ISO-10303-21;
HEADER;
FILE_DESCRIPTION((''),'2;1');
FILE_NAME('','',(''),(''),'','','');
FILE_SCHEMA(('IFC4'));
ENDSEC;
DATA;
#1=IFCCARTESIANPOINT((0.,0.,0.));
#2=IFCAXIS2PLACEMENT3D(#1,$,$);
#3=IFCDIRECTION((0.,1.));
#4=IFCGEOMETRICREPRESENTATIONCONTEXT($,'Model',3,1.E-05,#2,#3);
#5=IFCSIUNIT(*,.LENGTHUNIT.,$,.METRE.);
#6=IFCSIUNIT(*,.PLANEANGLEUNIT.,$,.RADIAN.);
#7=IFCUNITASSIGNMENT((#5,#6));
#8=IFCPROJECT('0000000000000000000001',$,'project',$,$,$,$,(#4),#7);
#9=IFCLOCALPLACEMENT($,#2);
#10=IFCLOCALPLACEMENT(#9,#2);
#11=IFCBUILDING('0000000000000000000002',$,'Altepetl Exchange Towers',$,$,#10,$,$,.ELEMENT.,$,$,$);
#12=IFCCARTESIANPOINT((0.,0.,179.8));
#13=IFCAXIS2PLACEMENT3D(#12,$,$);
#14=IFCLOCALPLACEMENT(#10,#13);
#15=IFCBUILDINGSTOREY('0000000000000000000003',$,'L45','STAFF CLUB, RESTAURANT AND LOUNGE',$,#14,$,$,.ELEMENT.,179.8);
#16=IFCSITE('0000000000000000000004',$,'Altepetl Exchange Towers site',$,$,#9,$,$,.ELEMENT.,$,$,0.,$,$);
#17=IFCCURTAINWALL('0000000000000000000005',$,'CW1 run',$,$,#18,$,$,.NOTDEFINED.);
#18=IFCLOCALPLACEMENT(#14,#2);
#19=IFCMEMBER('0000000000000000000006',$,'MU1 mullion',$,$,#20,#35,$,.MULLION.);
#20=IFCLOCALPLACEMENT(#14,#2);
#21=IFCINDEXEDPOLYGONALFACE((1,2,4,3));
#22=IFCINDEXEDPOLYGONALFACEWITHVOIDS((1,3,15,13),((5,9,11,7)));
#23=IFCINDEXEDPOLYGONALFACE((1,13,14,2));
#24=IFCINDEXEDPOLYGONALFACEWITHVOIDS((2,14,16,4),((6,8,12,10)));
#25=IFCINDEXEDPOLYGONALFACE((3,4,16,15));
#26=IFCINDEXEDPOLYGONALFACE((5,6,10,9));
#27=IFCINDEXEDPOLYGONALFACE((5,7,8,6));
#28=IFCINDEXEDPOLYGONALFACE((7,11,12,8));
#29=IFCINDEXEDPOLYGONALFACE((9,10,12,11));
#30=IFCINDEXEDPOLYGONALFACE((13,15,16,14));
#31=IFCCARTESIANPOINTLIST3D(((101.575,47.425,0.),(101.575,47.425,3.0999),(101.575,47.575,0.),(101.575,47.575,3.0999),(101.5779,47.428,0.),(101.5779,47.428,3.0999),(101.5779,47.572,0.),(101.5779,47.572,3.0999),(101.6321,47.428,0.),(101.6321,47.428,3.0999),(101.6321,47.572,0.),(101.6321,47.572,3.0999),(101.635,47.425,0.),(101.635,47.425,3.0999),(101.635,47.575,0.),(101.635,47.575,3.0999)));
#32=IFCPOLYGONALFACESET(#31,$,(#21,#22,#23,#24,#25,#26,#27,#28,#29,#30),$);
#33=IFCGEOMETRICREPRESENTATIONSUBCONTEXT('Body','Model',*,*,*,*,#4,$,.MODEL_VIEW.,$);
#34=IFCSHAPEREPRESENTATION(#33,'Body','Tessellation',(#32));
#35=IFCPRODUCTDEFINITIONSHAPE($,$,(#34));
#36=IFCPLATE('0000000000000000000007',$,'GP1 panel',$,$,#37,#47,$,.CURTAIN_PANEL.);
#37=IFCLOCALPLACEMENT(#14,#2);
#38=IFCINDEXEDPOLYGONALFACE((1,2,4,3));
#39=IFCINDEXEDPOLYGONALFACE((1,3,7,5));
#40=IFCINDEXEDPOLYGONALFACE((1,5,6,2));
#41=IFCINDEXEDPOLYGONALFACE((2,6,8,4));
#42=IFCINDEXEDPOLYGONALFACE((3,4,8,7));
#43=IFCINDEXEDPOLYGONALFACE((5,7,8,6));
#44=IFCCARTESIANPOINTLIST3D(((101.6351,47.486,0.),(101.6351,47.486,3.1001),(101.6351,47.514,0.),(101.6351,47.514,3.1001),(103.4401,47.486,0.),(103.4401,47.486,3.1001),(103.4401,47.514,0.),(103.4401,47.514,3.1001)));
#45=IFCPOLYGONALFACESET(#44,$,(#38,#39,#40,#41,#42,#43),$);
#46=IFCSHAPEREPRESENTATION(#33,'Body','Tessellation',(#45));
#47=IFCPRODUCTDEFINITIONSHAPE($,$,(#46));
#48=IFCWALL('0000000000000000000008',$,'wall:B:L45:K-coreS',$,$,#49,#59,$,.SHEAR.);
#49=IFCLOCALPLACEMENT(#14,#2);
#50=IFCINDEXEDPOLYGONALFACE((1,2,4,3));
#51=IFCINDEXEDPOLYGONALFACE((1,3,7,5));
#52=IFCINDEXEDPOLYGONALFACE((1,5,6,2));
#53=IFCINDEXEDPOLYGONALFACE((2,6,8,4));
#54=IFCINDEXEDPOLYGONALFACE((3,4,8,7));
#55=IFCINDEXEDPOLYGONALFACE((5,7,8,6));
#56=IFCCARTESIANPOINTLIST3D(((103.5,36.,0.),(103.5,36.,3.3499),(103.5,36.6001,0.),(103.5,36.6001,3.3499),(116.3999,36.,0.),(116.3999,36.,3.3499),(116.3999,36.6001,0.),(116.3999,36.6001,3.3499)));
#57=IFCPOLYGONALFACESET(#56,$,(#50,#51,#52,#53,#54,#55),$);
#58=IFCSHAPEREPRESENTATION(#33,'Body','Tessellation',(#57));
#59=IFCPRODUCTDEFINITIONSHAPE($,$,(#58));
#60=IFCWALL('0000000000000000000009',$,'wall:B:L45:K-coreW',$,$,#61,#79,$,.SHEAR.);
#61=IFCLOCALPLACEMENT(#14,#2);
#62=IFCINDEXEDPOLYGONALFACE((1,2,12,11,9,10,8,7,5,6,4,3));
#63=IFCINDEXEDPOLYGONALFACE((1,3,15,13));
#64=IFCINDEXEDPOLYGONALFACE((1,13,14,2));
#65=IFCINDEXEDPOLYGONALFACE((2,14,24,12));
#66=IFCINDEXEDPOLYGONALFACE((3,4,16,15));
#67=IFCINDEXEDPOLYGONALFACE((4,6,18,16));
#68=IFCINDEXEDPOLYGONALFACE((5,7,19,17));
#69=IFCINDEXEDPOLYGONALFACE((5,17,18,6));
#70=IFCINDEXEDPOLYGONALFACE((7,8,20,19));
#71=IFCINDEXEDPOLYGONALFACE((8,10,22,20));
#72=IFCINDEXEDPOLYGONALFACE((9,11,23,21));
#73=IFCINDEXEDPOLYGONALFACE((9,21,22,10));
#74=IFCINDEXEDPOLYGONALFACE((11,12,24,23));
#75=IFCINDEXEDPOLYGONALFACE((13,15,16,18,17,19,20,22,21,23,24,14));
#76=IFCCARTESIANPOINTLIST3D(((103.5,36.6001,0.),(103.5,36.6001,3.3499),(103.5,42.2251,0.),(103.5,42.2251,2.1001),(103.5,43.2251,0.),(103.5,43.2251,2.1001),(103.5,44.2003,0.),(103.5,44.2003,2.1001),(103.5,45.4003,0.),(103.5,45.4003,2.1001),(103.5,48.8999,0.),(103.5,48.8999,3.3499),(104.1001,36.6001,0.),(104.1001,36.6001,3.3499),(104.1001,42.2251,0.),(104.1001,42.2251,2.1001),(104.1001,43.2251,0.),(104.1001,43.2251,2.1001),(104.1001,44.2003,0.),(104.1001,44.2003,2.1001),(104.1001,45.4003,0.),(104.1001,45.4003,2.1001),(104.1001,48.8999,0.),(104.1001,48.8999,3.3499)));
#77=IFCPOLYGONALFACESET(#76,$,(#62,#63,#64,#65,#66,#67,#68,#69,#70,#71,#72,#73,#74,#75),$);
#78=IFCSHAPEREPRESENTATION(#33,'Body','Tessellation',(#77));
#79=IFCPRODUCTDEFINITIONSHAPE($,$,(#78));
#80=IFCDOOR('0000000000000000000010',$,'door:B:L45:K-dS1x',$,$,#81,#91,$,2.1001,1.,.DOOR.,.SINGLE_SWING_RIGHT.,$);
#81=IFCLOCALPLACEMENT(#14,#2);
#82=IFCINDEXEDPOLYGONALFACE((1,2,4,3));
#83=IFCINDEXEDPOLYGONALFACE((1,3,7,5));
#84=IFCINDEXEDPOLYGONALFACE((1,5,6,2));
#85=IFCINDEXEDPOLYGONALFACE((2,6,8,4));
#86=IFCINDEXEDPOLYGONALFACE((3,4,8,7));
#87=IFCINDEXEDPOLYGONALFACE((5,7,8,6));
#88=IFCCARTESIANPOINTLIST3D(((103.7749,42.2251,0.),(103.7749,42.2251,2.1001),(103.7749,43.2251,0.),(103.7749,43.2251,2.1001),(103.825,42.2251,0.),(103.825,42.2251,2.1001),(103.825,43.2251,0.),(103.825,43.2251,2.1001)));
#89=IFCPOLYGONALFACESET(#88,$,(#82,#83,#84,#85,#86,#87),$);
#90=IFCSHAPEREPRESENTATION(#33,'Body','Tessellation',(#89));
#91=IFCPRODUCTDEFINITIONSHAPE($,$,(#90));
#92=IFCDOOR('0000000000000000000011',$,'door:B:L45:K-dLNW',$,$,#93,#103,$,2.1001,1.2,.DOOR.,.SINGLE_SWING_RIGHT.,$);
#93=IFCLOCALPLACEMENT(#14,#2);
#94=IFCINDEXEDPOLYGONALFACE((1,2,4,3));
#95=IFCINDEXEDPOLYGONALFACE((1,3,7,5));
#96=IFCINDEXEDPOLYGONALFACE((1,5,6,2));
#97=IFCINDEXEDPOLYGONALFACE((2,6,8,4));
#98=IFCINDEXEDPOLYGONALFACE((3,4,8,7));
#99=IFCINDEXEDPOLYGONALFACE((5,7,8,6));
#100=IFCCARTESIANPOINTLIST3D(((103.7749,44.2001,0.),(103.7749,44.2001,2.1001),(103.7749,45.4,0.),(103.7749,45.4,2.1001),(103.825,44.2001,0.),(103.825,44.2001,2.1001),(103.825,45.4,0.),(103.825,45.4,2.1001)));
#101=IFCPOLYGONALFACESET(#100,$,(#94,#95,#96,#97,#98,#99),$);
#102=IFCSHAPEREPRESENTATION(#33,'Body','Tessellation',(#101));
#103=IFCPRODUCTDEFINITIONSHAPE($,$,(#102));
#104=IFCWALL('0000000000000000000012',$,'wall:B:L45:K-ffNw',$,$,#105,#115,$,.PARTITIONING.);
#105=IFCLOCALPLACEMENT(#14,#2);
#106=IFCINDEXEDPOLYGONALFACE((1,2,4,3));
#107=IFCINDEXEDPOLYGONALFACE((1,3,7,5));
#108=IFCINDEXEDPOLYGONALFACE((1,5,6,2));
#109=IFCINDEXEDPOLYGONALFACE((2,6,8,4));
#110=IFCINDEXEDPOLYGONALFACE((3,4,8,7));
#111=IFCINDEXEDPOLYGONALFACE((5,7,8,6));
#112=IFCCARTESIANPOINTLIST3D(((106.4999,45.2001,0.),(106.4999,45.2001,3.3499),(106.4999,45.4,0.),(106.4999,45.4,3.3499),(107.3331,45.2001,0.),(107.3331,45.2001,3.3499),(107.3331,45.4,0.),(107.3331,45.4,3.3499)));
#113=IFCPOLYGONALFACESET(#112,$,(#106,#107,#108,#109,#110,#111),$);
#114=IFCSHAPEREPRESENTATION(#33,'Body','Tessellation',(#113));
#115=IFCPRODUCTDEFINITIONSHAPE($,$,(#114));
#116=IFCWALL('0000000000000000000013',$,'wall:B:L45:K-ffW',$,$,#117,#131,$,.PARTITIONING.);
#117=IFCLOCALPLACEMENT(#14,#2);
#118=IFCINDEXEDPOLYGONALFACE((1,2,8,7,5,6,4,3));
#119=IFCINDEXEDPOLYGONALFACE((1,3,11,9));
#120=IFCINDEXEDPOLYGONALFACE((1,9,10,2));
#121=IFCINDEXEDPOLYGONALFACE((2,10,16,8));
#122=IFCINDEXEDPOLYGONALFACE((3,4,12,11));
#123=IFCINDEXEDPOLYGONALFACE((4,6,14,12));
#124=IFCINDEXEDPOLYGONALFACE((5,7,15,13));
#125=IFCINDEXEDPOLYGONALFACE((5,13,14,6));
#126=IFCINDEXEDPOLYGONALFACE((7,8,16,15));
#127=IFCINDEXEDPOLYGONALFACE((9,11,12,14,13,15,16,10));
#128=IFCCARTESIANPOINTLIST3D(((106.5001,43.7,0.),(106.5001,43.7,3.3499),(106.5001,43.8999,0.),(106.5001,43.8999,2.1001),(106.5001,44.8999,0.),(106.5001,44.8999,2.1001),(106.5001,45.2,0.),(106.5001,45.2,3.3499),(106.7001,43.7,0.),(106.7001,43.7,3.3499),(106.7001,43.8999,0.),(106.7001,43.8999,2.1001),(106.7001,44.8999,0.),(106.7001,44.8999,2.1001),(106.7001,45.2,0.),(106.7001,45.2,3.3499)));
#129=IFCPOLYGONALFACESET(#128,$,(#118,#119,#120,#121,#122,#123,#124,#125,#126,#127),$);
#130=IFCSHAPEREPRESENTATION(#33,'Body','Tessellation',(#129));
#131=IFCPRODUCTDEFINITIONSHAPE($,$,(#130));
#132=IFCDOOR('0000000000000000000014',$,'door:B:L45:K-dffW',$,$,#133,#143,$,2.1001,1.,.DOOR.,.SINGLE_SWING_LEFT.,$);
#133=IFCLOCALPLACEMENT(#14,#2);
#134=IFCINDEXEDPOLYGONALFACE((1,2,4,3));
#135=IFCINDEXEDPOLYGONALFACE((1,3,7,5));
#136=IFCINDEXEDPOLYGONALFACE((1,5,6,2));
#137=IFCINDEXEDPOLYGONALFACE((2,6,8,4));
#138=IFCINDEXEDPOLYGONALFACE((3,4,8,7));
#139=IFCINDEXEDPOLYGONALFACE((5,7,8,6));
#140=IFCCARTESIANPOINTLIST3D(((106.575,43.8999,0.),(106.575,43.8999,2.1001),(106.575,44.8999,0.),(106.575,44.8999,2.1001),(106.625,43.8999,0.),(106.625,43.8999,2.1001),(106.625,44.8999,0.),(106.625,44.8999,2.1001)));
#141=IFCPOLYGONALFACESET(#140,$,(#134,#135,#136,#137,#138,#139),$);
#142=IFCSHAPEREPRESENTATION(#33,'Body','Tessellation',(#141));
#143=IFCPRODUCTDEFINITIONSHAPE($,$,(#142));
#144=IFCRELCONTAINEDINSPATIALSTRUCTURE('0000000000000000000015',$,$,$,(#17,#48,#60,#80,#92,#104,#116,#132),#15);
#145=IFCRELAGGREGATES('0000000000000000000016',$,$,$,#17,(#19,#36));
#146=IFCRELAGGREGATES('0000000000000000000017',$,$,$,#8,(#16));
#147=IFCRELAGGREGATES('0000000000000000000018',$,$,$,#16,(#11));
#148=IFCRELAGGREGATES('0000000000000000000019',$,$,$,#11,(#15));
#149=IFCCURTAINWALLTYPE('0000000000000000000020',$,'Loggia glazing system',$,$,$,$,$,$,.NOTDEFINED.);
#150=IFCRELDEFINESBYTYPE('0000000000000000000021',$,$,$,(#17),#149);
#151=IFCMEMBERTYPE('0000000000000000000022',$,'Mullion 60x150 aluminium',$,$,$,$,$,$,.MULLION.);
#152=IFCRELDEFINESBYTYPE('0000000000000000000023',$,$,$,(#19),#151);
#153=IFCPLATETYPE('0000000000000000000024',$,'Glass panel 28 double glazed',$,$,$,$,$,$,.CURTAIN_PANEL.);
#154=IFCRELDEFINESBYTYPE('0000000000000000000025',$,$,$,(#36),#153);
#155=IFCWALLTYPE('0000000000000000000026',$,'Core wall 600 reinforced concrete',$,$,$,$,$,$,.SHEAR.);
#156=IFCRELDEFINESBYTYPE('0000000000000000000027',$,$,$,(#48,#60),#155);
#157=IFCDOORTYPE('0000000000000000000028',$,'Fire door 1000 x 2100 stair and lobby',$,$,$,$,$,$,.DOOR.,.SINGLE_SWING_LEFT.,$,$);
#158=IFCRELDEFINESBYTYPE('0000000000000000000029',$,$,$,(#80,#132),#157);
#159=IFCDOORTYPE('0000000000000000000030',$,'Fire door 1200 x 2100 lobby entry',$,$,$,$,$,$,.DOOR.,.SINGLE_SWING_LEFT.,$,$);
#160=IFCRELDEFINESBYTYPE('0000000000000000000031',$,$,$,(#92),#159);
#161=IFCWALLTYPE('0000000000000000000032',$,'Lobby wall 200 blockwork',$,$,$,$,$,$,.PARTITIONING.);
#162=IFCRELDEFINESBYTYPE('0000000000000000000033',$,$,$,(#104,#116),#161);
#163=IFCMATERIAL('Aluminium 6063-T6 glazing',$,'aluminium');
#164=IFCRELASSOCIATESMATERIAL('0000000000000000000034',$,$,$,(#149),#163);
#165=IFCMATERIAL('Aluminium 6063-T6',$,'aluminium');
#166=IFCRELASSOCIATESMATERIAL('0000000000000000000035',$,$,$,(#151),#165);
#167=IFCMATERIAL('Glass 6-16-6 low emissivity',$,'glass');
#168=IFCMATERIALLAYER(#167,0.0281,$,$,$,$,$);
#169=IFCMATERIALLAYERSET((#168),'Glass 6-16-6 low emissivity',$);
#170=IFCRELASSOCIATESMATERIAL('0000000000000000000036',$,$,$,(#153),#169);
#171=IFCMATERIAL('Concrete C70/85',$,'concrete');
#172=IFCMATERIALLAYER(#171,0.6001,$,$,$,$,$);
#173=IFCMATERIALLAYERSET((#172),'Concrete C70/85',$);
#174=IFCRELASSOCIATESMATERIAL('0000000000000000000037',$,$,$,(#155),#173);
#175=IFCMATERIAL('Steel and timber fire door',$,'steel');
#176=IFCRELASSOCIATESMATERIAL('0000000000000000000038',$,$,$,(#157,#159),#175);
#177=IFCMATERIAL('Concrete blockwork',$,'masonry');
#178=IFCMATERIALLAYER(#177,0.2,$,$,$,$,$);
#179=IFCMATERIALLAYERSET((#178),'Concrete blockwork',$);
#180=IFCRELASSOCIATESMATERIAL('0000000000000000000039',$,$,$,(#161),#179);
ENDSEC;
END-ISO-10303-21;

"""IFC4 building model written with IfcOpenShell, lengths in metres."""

from ifc_helpers import new_model, si_unit, direction, frame, frame_2d, origin, origin_2d, place, context, subcontext, project, spatial, rectangle, hollow_rectangle, extrude, material, layer, layer_set, material_profile, profile_set, type_object, element, fill, aggregate, save


model = new_model("IFC4")

# Units and contexts
model_context = context("Model", 3, precision=1e-05, world=origin(), true_north=direction((0.0, 1.0)))
body_context = subcontext(model_context, "Body", "Model", "MODEL_VIEW")
ifc_project = project(units=[si_unit("LENGTHUNIT", "METRE"), si_unit("PLANEANGLEUNIT", "RADIAN")], contexts=[model_context])

# Site, building, storey
site_placement = place(None, origin())
site = spatial("IfcSite", under=ifc_project, at=site_placement, Name="Altepetl Exchange Towers site", CompositionType="ELEMENT", RefElevation=0.0)
building_placement = place(site_placement, origin())
building = spatial("IfcBuilding", under=site, at=building_placement, Name="Altepetl Exchange Towers", CompositionType="ELEMENT")
storey_placement = place(building_placement, frame((0.0, 0.0, 179.8)))
storey = spatial("IfcBuildingStorey", under=building, at=storey_placement, Name="L45", Description="STAFF CLUB, RESTAURANT AND LOUNGE", CompositionType="ELEMENT", Elevation=179.8)

# Curtain wall, member, plate
ifc_material_1 = material(Name="Aluminium 6063-T6 glazing", Category="aluminium")
curtain_wall_type = type_object("IfcCurtainWallType", Name="Loggia glazing system", PredefinedType="NOTDEFINED", material=ifc_material_1)
curtain_wall_placement = place(storey_placement, origin())
curtain_wall = element("IfcCurtainWall", 1, at=curtain_wall_placement, inside=storey, type_object=curtain_wall_type, Name="CW1 run", PredefinedType="NOTDEFINED")
ifc_material_2 = material(Name="Aluminium 6063-T6", Category="aluminium")
ifc_material_profile = material_profile(ifc_material_2, hollow_rectangle(XDim=0.0601, YDim=0.1499, WallThickness=0.0029, at=origin_2d()), Name="Mullion 60x150 aluminium")
ifc_profile_set = profile_set([ifc_material_profile], Name="Aluminium 6063-T6")
member_type = type_object("IfcMemberType", Name="Mullion 60x150 aluminium", PredefinedType="MULLION", material=ifc_profile_set)
member_placement = place(storey_placement, frame((101.605, 47.5, 0.0), z_axis=(0.0, 0.0, 1.0), x_axis=(-1.0, 0.0, 0.0)))
member = element("IfcMember", 2, at=member_placement, type_object=member_type, Name="MU1 mullion", PredefinedType="MULLION", context=body_context, shape_type="SweptSolid", body=[
    extrude(hollow_rectangle(XDim=0.0601, YDim=0.1499, WallThickness=0.0029, at=origin_2d()), origin(), (0.0, 0.0, 1.0), 3.0999),
])
ifc_material_3 = material(Name="Glass 6-16-6 low emissivity", Category="glass")
ifc_layer_1 = layer(ifc_material_3, 0.0281)
ifc_layer_set_1 = layer_set([ifc_layer_1], Name="Glass 6-16-6 low emissivity")
plate_type = type_object("IfcPlateType", Name="Glass panel 28 double glazed", PredefinedType="CURTAIN_PANEL", material=ifc_layer_set_1)
plate_placement = place(storey_placement, frame((102.5376, 47.5, 0.0), z_axis=(0.0, 0.0, 1.0), x_axis=(-1.0, 0.0, 0.0)))
plate = element("IfcPlate", 3, at=plate_placement, type_object=plate_type, Name="GP1 panel", PredefinedType="CURTAIN_PANEL", context=body_context, shape_type="SweptSolid", body=[
    extrude(rectangle(XDim=1.8049, YDim=0.0281, at=origin_2d()), origin(), (0.0, 0.0, 1.0), 3.1001),
])
aggregate(curtain_wall, [member, plate])

# Wall
ifc_material_4 = material(Name="Concrete C70/85", Category="concrete")
ifc_layer_2 = layer(ifc_material_4, 0.6001)
ifc_layer_set_2 = layer_set([ifc_layer_2], Name="Concrete C70/85")
wall_type_1 = type_object("IfcWallType", Name="Core wall 600 reinforced concrete", PredefinedType="SHEAR", material=ifc_layer_set_2)
wall_1_placement = place(storey_placement, frame((103.5, 36.3, 0.0)))
element("IfcWall", 4, at=wall_1_placement, inside=storey, type_object=wall_type_1, Name="wall:B:L45:K-coreS", PredefinedType="SHEAR", context=body_context, shape_type="SweptSolid", body=[
    extrude(rectangle(XDim=12.8999, YDim=0.6001, at=frame_2d((6.45, 0.0))), origin(), (0.0, 0.0, 1.0), 3.3499),
])

# Wall, openings, doors
wall_2_placement = place(storey_placement, frame((103.8, 36.6001, 0.0), z_axis=(0.0, 0.0, 1.0), x_axis=(0.0, 1.0, 0.0)))
wall_2 = element("IfcWall", 5, at=wall_2_placement, inside=storey, type_object=wall_type_1, Name="wall:B:L45:K-coreW", PredefinedType="SHEAR", context=body_context, shape_type="SweptSolid", body=[
    extrude(rectangle(XDim=12.2998, YDim=0.6001, at=frame_2d((6.1499, 0.0))), origin(), (0.0, 0.0, 1.0), 3.3499),
])
opening_1_placement = place(wall_2_placement, frame((7.6001, 0.0, 0.0)))
opening_1 = element("IfcOpeningElement", 6, at=opening_1_placement, cuts=wall_2, PredefinedType="OPENING", context=body_context, shape_type="SweptSolid", body=[
    extrude(rectangle(XDim=1.2, YDim=2.1001, at=frame_2d((0.6001, 1.05))), frame((0.0, 0.3101, 0.0), z_axis=(0.0, -1.0, 0.0), x_axis=(1.0, 0.0, 0.0)), (0.0, 0.0, 1.0), 0.6201),
])
opening_2_placement = place(wall_2_placement, frame((5.625, 0.0, 0.0)))
opening_2 = element("IfcOpeningElement", 7, at=opening_2_placement, cuts=wall_2, PredefinedType="OPENING", context=body_context, shape_type="SweptSolid", body=[
    extrude(rectangle(XDim=1.0, YDim=2.1001, at=frame_2d((0.5, 1.05))), frame((0.0, 0.3101, 0.0), z_axis=(0.0, -1.0, 0.0), x_axis=(1.0, 0.0, 0.0)), (0.0, 0.0, 1.0), 0.6201),
])
ifc_material_5 = material(Name="Steel and timber fire door", Category="steel")
door_type_1 = type_object("IfcDoorType", Name="Fire door 1000 x 2100 stair and lobby", OperationType="SINGLE_SWING_LEFT", PredefinedType="DOOR", material=ifc_material_5)
door_1_placement = place(opening_2_placement, frame((1.0, 0.0, 0.0), x_axis=(-1.0, 0.0, 0.0)))
door_1 = element("IfcDoor", 8, at=door_1_placement, inside=storey, type_object=door_type_1, Name="door:B:L45:K-dS1x", OperationType="SINGLE_SWING_RIGHT", OverallHeight=2.1001, OverallWidth=1.0, PredefinedType="DOOR", context=body_context, shape_type="SweptSolid", body=[
    extrude(rectangle(XDim=1.0, YDim=2.1001, at=frame_2d((0.5, 1.05))), frame((0.0, 0.0249, 0.0), z_axis=(0.0, -1.0, 0.0), x_axis=(1.0, 0.0, 0.0)), (0.0, 0.0, 1.0), 0.05),
])
fill(opening_2, door_1)
door_type_2 = type_object("IfcDoorType", Name="Fire door 1200 x 2100 lobby entry", OperationType="SINGLE_SWING_LEFT", PredefinedType="DOOR", material=ifc_material_5)
door_2_placement = place(opening_1_placement, frame((1.2, 0.0, 0.0), x_axis=(-1.0, 0.0, 0.0)))
door_2 = element("IfcDoor", 9, at=door_2_placement, inside=storey, type_object=door_type_2, Name="door:B:L45:K-dLNW", OperationType="SINGLE_SWING_RIGHT", OverallHeight=2.1001, OverallWidth=1.2, PredefinedType="DOOR", context=body_context, shape_type="SweptSolid", body=[
    extrude(rectangle(XDim=1.2, YDim=2.1001, at=frame_2d((0.6001, 1.05))), frame((0.0, 0.0249, 0.0), z_axis=(0.0, -1.0, 0.0), x_axis=(1.0, 0.0, 0.0)), (0.0, 0.0, 1.0), 0.05),
])
fill(opening_1, door_2)

# Wall
ifc_material_6 = material(Name="Concrete blockwork", Category="masonry")
ifc_layer_3 = layer(ifc_material_6, 0.2)
ifc_layer_set_3 = layer_set([ifc_layer_3], Name="Concrete blockwork")
wall_type_2 = type_object("IfcWallType", Name="Lobby wall 200 blockwork", PredefinedType="PARTITIONING", material=ifc_layer_set_3)
wall_3_placement = place(storey_placement, frame((106.5, 45.3, 0.0)))
element("IfcWall", 10, at=wall_3_placement, inside=storey, type_object=wall_type_2, Name="wall:B:L45:K-ffNw", PredefinedType="PARTITIONING", context=body_context, shape_type="SweptSolid", body=[
    extrude(rectangle(XDim=0.8333, YDim=0.2, at=frame_2d((0.4165, 0.0))), origin(), (0.0, 0.0, 1.0), 3.3499),
])

# Wall, opening, door
wall_4_placement = place(storey_placement, frame((106.6001, 43.7, 0.0), z_axis=(0.0, 0.0, 1.0), x_axis=(0.0, 1.0, 0.0)))
wall_4 = element("IfcWall", 11, at=wall_4_placement, inside=storey, type_object=wall_type_2, Name="wall:B:L45:K-ffW", PredefinedType="PARTITIONING", context=body_context, shape_type="SweptSolid", body=[
    extrude(rectangle(XDim=1.5, YDim=0.2, at=frame_2d((0.75, 0.0))), origin(), (0.0, 0.0, 1.0), 3.3499),
])
opening_3_placement = place(wall_4_placement, frame((0.2, 0.0, 0.0)))
opening_3 = element("IfcOpeningElement", 12, at=opening_3_placement, cuts=wall_4, PredefinedType="OPENING", context=body_context, shape_type="SweptSolid", body=[
    extrude(rectangle(XDim=1.0, YDim=2.1001, at=frame_2d((0.5, 1.05))), frame((0.0, 0.1099, 0.0), z_axis=(0.0, -1.0, 0.0), x_axis=(1.0, 0.0, 0.0)), (0.0, 0.0, 1.0), 0.22),
])
door_3_placement = place(opening_3_placement, frame((1.0, 0.0, 0.0), x_axis=(-1.0, 0.0, 0.0)))
door_3 = element("IfcDoor", 13, at=door_3_placement, inside=storey, type_object=door_type_1, Name="door:B:L45:K-dffW", OperationType="SINGLE_SWING_LEFT", OverallHeight=2.1001, OverallWidth=1.0, PredefinedType="DOOR", context=body_context, shape_type="SweptSolid", body=[
    extrude(rectangle(XDim=1.0, YDim=2.1001, at=frame_2d((0.5, 1.05))), frame((0.0, 0.0249, 0.0), z_axis=(0.0, -1.0, 0.0), x_axis=(1.0, 0.0, 0.0)), (0.0, 0.0, 1.0), 0.05),
])
fill(opening_3, door_3)

save(model, "model.ifc")
